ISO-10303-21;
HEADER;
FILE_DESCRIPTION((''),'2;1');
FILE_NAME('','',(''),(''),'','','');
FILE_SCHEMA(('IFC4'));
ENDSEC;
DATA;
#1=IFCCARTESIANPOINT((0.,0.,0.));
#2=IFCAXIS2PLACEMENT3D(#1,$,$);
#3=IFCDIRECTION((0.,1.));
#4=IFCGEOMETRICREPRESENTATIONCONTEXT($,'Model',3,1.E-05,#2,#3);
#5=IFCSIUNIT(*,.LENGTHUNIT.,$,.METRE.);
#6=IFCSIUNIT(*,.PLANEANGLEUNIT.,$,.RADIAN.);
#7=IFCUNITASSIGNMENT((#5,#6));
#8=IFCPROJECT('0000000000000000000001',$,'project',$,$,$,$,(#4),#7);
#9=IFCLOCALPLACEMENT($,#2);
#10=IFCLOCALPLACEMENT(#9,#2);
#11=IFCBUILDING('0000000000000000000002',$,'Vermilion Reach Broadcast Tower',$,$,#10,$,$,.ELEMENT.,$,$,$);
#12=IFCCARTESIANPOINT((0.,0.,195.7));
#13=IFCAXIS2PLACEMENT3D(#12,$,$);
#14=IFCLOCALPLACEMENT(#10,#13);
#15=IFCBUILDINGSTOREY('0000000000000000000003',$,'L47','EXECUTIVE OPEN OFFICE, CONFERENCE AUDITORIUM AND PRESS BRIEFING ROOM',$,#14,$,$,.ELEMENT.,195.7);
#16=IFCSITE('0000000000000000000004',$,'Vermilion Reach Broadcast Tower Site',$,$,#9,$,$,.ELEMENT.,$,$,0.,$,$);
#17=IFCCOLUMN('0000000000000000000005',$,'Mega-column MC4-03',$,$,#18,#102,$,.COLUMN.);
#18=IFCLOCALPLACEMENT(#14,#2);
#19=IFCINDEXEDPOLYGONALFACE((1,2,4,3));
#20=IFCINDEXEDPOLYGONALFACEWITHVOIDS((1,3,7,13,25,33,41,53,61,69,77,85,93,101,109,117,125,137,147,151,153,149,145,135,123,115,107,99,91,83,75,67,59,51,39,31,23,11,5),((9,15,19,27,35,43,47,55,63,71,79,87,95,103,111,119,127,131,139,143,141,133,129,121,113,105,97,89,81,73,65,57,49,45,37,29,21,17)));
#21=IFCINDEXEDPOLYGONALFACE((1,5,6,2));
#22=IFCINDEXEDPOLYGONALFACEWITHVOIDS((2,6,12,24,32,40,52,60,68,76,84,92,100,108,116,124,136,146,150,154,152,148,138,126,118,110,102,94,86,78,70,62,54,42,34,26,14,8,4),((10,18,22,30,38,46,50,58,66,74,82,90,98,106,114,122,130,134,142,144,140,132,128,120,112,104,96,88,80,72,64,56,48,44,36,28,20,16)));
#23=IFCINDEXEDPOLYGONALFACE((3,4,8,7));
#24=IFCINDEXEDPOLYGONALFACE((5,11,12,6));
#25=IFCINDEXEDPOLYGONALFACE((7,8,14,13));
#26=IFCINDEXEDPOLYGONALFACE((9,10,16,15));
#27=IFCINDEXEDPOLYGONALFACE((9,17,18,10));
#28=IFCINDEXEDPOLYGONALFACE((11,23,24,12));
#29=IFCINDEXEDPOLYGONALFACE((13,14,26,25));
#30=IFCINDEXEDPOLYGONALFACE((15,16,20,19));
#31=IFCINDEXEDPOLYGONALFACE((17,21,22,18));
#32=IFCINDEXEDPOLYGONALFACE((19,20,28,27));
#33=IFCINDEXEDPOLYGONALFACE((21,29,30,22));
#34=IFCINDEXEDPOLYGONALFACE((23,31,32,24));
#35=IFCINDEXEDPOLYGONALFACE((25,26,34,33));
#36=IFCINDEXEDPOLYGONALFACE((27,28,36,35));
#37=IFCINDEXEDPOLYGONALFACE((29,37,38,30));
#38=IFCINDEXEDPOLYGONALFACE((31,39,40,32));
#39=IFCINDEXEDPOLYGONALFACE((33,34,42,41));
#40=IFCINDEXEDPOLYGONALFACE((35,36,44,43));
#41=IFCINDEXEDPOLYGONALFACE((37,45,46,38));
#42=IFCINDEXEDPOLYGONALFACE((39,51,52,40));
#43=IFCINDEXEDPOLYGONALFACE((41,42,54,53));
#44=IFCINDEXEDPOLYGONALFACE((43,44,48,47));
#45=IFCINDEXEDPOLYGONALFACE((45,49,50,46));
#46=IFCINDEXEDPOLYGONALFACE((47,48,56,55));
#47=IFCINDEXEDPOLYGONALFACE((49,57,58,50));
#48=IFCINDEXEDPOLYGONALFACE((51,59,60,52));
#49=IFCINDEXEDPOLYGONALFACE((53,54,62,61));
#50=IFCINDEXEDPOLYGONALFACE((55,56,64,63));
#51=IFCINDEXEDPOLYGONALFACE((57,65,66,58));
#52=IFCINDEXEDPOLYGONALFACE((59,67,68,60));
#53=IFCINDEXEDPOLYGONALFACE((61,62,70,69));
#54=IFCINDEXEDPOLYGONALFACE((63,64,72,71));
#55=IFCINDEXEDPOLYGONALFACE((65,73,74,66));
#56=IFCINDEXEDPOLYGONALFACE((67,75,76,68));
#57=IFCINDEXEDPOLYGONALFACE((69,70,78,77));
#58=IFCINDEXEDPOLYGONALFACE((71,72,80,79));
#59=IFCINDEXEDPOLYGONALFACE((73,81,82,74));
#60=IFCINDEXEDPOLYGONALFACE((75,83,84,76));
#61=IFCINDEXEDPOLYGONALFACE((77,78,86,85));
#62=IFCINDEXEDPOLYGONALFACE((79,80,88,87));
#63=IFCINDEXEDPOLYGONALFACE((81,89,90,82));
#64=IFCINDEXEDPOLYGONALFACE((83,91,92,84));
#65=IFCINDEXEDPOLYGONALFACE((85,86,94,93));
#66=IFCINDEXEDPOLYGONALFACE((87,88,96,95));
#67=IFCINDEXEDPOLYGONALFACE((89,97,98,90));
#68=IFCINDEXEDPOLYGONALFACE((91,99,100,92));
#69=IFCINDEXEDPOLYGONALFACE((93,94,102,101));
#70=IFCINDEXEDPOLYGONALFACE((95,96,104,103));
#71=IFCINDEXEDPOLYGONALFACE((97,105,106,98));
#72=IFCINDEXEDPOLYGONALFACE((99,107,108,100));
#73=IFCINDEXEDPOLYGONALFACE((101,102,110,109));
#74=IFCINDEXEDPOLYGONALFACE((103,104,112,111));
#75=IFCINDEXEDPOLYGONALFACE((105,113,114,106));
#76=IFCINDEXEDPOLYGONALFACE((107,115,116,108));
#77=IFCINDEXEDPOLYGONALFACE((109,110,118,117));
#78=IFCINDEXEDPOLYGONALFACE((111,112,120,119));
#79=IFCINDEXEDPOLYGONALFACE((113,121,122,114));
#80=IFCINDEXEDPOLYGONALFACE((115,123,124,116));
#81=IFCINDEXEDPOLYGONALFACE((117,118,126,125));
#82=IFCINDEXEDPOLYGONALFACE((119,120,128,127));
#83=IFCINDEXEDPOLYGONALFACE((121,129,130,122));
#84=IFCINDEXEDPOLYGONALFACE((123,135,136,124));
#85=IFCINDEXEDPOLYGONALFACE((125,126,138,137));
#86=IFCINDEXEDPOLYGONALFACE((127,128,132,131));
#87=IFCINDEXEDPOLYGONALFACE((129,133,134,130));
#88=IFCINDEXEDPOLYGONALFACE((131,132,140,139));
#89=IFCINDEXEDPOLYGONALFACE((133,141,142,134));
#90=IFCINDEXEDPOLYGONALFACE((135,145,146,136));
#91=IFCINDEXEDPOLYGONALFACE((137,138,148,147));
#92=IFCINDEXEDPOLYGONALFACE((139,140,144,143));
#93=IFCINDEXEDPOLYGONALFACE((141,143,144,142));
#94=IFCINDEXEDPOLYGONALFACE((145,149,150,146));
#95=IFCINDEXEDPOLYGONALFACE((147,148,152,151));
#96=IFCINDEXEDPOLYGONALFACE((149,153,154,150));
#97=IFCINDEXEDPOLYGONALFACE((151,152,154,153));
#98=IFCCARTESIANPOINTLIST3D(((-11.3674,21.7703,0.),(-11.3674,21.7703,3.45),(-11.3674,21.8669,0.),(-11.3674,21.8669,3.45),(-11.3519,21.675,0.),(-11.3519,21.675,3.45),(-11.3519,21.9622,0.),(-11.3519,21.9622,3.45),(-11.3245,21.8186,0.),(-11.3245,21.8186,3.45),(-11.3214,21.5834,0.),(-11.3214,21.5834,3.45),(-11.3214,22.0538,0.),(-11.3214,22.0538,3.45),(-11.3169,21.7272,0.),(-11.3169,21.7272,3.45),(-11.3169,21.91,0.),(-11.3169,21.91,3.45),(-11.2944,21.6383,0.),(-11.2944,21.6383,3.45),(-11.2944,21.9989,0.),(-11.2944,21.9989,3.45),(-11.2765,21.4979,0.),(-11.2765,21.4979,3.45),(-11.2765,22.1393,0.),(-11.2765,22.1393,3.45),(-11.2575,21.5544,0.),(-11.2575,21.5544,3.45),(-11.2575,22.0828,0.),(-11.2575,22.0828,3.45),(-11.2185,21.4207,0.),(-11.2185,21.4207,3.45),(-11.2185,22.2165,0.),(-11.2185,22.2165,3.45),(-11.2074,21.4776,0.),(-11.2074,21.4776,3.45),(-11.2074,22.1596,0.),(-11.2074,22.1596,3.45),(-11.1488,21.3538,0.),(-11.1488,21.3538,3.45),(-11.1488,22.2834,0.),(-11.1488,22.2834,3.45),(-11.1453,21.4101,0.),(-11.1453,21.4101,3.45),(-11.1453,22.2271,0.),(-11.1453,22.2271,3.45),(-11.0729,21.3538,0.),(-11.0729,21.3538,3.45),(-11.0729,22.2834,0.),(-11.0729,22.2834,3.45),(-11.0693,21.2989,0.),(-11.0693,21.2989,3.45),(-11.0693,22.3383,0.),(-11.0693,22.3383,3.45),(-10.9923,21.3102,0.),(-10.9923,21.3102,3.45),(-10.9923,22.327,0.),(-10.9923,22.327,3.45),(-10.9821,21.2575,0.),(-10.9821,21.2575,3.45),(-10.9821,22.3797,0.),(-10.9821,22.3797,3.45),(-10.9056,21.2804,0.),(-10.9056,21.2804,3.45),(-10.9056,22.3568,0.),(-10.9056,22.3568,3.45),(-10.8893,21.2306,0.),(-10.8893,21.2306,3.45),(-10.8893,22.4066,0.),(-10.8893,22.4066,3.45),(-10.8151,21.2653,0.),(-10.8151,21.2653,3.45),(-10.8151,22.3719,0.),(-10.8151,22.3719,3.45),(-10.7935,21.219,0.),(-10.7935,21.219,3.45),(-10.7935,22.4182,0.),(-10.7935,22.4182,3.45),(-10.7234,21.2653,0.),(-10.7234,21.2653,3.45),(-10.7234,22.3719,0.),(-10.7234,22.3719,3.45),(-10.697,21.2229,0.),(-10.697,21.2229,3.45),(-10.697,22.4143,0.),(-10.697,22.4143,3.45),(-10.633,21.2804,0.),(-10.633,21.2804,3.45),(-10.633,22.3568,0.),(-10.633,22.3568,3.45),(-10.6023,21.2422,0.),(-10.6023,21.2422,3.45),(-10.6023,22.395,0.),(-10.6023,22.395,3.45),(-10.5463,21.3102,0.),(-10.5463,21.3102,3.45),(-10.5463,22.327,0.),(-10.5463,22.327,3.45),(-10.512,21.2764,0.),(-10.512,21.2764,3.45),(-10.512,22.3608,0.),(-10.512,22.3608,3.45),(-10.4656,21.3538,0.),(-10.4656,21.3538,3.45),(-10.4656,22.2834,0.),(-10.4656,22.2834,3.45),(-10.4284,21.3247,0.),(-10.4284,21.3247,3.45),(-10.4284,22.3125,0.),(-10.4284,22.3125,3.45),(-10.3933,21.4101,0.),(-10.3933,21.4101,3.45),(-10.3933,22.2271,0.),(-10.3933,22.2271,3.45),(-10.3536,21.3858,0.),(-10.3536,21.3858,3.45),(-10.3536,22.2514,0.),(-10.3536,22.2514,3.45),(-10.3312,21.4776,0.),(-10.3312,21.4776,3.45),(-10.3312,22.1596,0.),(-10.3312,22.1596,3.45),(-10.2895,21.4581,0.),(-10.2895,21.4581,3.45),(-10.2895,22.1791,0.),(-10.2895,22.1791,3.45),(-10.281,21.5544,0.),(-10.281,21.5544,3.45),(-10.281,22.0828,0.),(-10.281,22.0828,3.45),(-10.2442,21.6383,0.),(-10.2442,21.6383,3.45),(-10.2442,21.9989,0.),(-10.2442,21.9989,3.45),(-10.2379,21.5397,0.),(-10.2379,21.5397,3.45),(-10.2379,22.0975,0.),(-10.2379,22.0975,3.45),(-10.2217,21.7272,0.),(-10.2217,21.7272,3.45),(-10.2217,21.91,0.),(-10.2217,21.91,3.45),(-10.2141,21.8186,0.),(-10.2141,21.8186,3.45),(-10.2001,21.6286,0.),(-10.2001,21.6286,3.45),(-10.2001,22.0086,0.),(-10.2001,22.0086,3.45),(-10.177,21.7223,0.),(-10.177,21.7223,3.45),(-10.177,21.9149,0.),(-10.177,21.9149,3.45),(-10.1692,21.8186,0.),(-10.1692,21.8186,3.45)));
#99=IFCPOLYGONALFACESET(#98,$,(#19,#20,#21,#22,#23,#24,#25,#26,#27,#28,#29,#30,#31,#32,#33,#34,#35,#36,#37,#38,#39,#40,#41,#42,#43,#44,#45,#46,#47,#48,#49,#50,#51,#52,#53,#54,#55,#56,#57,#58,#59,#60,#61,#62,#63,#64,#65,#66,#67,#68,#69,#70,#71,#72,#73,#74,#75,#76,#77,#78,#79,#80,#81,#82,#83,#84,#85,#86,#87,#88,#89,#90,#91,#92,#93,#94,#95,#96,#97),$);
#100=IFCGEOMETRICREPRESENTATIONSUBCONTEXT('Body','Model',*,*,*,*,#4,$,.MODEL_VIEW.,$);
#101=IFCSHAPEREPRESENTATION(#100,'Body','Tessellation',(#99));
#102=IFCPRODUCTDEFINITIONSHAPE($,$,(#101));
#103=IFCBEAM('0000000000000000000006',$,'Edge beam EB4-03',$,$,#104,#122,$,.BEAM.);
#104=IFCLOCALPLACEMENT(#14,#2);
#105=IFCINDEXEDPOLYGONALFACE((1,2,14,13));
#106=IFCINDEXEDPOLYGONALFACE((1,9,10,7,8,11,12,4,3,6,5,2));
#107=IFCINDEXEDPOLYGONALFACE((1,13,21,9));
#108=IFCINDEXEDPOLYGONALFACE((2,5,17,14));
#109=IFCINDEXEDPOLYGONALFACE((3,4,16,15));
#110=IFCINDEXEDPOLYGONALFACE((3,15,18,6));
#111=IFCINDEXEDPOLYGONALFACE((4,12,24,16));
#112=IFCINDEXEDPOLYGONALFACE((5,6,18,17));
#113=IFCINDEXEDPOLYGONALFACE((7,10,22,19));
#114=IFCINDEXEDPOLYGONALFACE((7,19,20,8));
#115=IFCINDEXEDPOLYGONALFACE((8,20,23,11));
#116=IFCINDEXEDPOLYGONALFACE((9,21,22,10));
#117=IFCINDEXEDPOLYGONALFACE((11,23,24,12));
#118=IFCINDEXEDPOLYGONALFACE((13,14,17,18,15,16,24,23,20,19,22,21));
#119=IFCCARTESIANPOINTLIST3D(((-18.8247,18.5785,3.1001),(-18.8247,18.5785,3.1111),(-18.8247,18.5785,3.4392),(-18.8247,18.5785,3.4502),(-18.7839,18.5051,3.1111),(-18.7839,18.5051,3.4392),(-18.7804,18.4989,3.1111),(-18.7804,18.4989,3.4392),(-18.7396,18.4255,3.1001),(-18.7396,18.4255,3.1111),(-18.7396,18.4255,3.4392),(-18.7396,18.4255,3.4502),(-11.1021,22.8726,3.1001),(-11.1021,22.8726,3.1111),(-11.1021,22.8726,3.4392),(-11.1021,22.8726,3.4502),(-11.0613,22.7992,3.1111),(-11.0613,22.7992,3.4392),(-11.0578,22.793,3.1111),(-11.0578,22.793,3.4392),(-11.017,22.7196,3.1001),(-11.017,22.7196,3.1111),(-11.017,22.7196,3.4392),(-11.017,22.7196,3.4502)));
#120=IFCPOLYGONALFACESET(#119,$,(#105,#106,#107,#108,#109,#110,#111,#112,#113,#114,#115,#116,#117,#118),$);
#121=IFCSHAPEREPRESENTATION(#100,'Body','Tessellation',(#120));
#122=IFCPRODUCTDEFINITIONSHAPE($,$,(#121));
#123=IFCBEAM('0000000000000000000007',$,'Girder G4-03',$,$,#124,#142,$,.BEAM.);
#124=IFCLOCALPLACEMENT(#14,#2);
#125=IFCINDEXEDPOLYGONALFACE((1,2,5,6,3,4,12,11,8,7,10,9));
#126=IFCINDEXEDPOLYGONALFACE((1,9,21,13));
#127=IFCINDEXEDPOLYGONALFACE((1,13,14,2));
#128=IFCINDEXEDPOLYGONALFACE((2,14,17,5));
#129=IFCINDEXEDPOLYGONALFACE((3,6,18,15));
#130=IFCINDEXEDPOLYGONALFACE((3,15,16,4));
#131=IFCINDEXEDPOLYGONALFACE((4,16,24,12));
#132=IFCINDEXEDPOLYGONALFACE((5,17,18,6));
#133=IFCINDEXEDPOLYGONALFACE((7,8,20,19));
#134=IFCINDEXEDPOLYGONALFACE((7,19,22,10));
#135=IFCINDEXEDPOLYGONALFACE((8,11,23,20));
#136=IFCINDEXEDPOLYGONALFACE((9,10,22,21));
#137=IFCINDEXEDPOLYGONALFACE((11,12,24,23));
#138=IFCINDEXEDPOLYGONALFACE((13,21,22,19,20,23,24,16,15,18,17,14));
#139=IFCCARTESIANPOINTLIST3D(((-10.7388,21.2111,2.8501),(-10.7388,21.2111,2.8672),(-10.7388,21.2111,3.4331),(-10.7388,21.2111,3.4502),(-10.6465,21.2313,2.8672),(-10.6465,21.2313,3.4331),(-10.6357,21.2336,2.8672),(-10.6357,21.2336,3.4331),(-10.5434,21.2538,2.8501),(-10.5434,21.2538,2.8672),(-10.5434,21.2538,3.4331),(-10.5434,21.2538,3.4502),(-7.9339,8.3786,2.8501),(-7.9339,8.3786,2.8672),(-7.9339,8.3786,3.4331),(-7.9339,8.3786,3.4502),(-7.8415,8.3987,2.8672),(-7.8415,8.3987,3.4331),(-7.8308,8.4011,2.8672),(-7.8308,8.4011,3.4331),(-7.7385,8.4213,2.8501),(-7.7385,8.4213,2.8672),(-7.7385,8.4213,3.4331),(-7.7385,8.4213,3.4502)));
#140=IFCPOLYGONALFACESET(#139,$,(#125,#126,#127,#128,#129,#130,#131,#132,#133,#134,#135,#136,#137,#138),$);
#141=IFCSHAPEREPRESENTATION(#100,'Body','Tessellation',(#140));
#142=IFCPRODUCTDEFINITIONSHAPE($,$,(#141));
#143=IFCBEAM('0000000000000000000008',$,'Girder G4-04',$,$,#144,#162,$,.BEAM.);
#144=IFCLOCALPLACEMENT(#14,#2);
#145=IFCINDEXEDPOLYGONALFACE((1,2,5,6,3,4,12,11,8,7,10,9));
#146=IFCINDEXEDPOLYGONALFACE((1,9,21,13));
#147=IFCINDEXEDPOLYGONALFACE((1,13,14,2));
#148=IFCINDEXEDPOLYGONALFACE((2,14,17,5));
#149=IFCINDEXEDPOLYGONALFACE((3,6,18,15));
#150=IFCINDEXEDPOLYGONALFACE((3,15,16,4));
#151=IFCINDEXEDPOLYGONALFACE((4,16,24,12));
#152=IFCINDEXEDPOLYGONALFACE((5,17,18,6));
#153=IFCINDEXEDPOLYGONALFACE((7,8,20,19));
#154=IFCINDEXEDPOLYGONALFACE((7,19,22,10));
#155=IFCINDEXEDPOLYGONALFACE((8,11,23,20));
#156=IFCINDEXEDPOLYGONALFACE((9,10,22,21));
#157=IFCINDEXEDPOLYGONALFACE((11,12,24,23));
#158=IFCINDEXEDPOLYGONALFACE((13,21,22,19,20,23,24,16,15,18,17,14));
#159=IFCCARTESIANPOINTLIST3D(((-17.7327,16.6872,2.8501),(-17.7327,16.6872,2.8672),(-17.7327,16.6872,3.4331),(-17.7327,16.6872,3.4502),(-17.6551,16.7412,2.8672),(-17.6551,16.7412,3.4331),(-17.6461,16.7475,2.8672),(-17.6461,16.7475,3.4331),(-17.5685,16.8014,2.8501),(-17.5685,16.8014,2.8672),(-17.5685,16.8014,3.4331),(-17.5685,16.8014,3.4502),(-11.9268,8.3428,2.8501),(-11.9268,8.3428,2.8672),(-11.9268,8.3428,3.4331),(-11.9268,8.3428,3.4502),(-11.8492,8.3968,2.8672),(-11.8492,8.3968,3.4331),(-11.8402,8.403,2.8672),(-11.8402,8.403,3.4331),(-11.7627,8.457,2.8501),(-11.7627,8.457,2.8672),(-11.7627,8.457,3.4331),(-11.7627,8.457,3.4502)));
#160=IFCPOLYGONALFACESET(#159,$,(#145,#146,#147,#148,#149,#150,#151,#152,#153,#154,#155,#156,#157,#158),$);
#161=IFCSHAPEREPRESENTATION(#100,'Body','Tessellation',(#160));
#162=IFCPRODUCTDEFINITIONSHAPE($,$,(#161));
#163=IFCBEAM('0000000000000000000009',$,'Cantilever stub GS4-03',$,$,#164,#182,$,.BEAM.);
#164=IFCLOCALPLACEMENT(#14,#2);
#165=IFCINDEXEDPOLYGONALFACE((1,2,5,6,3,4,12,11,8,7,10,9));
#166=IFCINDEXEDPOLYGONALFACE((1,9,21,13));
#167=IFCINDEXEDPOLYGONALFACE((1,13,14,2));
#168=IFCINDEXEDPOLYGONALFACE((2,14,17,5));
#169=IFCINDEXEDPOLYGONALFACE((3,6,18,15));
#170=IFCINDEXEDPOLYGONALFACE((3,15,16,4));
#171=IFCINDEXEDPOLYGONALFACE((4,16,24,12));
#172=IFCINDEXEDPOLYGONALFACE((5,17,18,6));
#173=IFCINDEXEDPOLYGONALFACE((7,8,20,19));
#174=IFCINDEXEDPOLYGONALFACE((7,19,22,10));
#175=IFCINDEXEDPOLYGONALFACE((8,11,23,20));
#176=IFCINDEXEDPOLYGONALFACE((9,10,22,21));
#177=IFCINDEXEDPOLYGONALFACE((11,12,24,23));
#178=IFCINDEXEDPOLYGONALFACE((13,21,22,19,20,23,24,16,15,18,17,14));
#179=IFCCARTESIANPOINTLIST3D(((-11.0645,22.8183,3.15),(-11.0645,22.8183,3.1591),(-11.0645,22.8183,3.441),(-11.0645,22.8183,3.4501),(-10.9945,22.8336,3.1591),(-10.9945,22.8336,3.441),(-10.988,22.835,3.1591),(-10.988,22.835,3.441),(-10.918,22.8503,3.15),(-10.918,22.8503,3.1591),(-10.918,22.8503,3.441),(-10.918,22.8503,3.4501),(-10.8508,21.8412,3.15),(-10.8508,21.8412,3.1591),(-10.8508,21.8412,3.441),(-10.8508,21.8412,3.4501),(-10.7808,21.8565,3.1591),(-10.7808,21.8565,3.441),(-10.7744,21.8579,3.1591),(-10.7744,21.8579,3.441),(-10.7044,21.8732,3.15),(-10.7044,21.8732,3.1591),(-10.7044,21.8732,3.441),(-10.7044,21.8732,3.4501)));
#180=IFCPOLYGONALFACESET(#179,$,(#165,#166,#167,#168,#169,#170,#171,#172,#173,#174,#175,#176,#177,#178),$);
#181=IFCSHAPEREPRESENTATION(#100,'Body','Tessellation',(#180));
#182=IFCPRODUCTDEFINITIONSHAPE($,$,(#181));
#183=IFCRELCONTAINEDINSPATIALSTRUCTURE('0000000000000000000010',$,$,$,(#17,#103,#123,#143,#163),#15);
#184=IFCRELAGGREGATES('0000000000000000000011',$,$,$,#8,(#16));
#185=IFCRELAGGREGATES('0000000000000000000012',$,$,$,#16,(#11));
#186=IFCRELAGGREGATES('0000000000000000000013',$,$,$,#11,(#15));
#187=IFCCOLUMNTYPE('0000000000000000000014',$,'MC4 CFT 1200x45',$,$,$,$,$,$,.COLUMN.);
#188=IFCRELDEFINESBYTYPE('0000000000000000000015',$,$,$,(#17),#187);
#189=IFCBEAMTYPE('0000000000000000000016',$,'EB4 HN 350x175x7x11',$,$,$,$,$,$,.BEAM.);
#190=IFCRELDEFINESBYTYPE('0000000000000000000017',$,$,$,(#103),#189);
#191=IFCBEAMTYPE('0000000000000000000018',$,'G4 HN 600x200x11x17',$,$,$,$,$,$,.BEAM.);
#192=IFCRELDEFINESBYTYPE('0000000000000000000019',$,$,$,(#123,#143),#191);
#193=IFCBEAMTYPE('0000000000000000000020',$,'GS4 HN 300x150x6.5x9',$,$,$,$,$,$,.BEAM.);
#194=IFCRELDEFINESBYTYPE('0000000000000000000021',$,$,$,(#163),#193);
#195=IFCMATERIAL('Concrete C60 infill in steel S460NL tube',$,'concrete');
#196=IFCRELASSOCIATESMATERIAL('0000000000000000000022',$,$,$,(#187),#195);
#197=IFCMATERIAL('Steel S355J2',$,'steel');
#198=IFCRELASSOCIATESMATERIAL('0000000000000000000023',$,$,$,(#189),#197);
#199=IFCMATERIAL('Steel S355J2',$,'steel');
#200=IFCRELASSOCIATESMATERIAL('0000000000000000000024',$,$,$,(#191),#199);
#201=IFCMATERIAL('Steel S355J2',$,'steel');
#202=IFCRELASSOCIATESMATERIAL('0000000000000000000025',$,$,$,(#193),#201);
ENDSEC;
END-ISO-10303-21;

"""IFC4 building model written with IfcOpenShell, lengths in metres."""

from ifc_helpers import new_model, si_unit, direction, frame, origin, origin_2d, place, context, subcontext, project, spatial, hollow_circle, i_section, extrude, material, material_profile, profile_set, type_object, element, save


model = new_model("IFC4")

# Units and contexts
model_context = context("Model", 3, precision=1e-05, world=origin(), true_north=direction((0.0, 1.0)))
body_context = subcontext(model_context, "Body", "Model", "MODEL_VIEW")
ifc_project = project(units=[si_unit("LENGTHUNIT", "METRE"), si_unit("PLANEANGLEUNIT", "RADIAN")], contexts=[model_context])

# Site, building, storey
site_placement = place(None, origin())
site = spatial("IfcSite", under=ifc_project, at=site_placement, Name="Vermilion Reach Broadcast Tower Site", CompositionType="ELEMENT", RefElevation=0.0)
building_placement = place(site_placement, origin())
building = spatial("IfcBuilding", under=site, at=building_placement, Name="Vermilion Reach Broadcast Tower", CompositionType="ELEMENT")
storey_placement = place(building_placement, frame((0.0, 0.0, 195.7)))
storey = spatial("IfcBuildingStorey", under=building, at=storey_placement, Name="L47", Description="EXECUTIVE OPEN OFFICE, CONFERENCE AUDITORIUM AND PRESS BRIEFING ROOM", CompositionType="ELEMENT", Elevation=195.7)

# Column
ifc_material_1 = material(Name="Concrete C60 infill in steel S460NL tube", Category="concrete")
ifc_material_profile_1 = material_profile(ifc_material_1, hollow_circle(Radius=0.6001, WallThickness=0.0449, at=origin_2d()), Name="Concrete C60 infill in steel S460NL tube CFT 1200x45")
ifc_profile_set_1 = profile_set([ifc_material_profile_1], Name="Concrete C60 infill in steel S460NL tube")
column_type = type_object("IfcColumnType", Name="MC4 CFT 1200x45", PredefinedType="COLUMN", material=ifc_profile_set_1)
column_placement = place(storey_placement, frame((-10.7693, 21.8186, 0.0), z_axis=(0.0, 0.0, 1.0), x_axis=(1.0, 0.0, 0.0)))
element("IfcColumn", 1, at=column_placement, inside=storey, type_object=column_type, Name="Mega-column MC4-03", PredefinedType="COLUMN", context=body_context, shape_type="SweptSolid", body=[
    extrude(hollow_circle(Radius=0.6001, WallThickness=0.0449, at=origin_2d()), origin(), (0.0, 0.0, 1.0), 3.45),
])

# Beams
ifc_material_2 = material(Name="Steel S355J2", Category="steel")
ifc_material_profile_2 = material_profile(ifc_material_2, i_section(OverallWidth=0.175, OverallDepth=0.3501, WebThickness=0.0071, FlangeThickness=0.011, at=origin_2d()), Name="S355J2 HN 350x175x7x11")
ifc_profile_set_2 = profile_set([ifc_material_profile_2], Name="Steel S355J2")
beam_type_1 = type_object("IfcBeamType", Name="EB4 HN 350x175x7x11", PredefinedType="BEAM", material=ifc_profile_set_2)
beam_1_placement = place(storey_placement, frame((-11.0596, 22.7961, 3.2751), z_axis=(-0.873973, -0.485974, 0.0), x_axis=(0.485974, -0.873973, 0.0)))
element("IfcBeam", 2, at=beam_1_placement, inside=storey, type_object=beam_type_1, Name="Edge beam EB4-03", PredefinedType="BEAM", context=body_context, shape_type="SweptSolid", body=[
    extrude(i_section(OverallWidth=0.175, OverallDepth=0.3501, WebThickness=0.0071, FlangeThickness=0.011, at=origin_2d()), origin(), (0.0, 0.0, 1.0), 8.8362),
])
ifc_material_3 = material(Name="Steel S355J2", Category="steel")
ifc_material_profile_3 = material_profile(ifc_material_3, i_section(OverallWidth=0.2, OverallDepth=0.6001, WebThickness=0.011, FlangeThickness=0.0171, at=origin_2d()), Name="S355J2 HN 600x200x11x17")
ifc_profile_set_3 = profile_set([ifc_material_profile_3], Name="Steel S355J2")
beam_type_2 = type_object("IfcBeamType", Name="G4 HN 600x200x11x17", PredefinedType="BEAM", material=ifc_profile_set_3)
beam_2_placement = place(storey_placement, frame((-7.8362, 8.3999, 3.1501), z_axis=(-0.213538, 0.976935, 0.0), x_axis=(-0.976935, -0.213538, 0.0)))
element("IfcBeam", 3, at=beam_2_placement, inside=storey, type_object=beam_type_2, Name="Girder G4-03", PredefinedType="BEAM", context=body_context, shape_type="SweptSolid", body=[
    extrude(i_section(OverallWidth=0.2, OverallDepth=0.6001, WebThickness=0.011, FlangeThickness=0.0171, at=origin_2d()), origin(), (0.0, 0.0, 1.0), 13.1355),
])
beam_3_placement = place(storey_placement, frame((-11.8447, 8.3999, 3.1501), z_axis=(-0.571134, 0.820857, 0.0), x_axis=(-0.820857, -0.571134, 0.0)))
element("IfcBeam", 4, at=beam_3_placement, inside=storey, type_object=beam_type_2, Name="Girder G4-04", PredefinedType="BEAM", context=body_context, shape_type="SweptSolid", body=[
    extrude(i_section(OverallWidth=0.2, OverallDepth=0.6001, WebThickness=0.011, FlangeThickness=0.0171, at=origin_2d()), origin(), (0.0, 0.0, 1.0), 10.1655),
])
ifc_material_4 = material(Name="Steel S355J2", Category="steel")
ifc_material_profile_4 = material_profile(ifc_material_4, i_section(OverallWidth=0.1499, OverallDepth=0.3, WebThickness=0.0066, FlangeThickness=0.009, at=origin_2d()), Name="S355J2 HN 300x150x6.5x9")
ifc_profile_set_4 = profile_set([ifc_material_profile_4], Name="Steel S355J2")
beam_type_3 = type_object("IfcBeamType", Name="GS4 HN 300x150x6.5x9", PredefinedType="BEAM", material=ifc_profile_set_4)
beam_4_placement = place(storey_placement, frame((-10.7776, 21.8572, 3.3), z_axis=(-0.213595, 0.976922, 0.0), x_axis=(-0.976922, -0.213595, 0.0)))
element("IfcBeam", 5, at=beam_4_placement, inside=storey, type_object=beam_type_3, Name="Cantilever stub GS4-03", PredefinedType="BEAM", context=body_context, shape_type="SweptSolid", body=[
    extrude(i_section(OverallWidth=0.1499, OverallDepth=0.3, WebThickness=0.0066, FlangeThickness=0.009, at=origin_2d()), origin(), (0.0, 0.0, 1.0), 1.0002),
])

save(model, "model.ifc")
